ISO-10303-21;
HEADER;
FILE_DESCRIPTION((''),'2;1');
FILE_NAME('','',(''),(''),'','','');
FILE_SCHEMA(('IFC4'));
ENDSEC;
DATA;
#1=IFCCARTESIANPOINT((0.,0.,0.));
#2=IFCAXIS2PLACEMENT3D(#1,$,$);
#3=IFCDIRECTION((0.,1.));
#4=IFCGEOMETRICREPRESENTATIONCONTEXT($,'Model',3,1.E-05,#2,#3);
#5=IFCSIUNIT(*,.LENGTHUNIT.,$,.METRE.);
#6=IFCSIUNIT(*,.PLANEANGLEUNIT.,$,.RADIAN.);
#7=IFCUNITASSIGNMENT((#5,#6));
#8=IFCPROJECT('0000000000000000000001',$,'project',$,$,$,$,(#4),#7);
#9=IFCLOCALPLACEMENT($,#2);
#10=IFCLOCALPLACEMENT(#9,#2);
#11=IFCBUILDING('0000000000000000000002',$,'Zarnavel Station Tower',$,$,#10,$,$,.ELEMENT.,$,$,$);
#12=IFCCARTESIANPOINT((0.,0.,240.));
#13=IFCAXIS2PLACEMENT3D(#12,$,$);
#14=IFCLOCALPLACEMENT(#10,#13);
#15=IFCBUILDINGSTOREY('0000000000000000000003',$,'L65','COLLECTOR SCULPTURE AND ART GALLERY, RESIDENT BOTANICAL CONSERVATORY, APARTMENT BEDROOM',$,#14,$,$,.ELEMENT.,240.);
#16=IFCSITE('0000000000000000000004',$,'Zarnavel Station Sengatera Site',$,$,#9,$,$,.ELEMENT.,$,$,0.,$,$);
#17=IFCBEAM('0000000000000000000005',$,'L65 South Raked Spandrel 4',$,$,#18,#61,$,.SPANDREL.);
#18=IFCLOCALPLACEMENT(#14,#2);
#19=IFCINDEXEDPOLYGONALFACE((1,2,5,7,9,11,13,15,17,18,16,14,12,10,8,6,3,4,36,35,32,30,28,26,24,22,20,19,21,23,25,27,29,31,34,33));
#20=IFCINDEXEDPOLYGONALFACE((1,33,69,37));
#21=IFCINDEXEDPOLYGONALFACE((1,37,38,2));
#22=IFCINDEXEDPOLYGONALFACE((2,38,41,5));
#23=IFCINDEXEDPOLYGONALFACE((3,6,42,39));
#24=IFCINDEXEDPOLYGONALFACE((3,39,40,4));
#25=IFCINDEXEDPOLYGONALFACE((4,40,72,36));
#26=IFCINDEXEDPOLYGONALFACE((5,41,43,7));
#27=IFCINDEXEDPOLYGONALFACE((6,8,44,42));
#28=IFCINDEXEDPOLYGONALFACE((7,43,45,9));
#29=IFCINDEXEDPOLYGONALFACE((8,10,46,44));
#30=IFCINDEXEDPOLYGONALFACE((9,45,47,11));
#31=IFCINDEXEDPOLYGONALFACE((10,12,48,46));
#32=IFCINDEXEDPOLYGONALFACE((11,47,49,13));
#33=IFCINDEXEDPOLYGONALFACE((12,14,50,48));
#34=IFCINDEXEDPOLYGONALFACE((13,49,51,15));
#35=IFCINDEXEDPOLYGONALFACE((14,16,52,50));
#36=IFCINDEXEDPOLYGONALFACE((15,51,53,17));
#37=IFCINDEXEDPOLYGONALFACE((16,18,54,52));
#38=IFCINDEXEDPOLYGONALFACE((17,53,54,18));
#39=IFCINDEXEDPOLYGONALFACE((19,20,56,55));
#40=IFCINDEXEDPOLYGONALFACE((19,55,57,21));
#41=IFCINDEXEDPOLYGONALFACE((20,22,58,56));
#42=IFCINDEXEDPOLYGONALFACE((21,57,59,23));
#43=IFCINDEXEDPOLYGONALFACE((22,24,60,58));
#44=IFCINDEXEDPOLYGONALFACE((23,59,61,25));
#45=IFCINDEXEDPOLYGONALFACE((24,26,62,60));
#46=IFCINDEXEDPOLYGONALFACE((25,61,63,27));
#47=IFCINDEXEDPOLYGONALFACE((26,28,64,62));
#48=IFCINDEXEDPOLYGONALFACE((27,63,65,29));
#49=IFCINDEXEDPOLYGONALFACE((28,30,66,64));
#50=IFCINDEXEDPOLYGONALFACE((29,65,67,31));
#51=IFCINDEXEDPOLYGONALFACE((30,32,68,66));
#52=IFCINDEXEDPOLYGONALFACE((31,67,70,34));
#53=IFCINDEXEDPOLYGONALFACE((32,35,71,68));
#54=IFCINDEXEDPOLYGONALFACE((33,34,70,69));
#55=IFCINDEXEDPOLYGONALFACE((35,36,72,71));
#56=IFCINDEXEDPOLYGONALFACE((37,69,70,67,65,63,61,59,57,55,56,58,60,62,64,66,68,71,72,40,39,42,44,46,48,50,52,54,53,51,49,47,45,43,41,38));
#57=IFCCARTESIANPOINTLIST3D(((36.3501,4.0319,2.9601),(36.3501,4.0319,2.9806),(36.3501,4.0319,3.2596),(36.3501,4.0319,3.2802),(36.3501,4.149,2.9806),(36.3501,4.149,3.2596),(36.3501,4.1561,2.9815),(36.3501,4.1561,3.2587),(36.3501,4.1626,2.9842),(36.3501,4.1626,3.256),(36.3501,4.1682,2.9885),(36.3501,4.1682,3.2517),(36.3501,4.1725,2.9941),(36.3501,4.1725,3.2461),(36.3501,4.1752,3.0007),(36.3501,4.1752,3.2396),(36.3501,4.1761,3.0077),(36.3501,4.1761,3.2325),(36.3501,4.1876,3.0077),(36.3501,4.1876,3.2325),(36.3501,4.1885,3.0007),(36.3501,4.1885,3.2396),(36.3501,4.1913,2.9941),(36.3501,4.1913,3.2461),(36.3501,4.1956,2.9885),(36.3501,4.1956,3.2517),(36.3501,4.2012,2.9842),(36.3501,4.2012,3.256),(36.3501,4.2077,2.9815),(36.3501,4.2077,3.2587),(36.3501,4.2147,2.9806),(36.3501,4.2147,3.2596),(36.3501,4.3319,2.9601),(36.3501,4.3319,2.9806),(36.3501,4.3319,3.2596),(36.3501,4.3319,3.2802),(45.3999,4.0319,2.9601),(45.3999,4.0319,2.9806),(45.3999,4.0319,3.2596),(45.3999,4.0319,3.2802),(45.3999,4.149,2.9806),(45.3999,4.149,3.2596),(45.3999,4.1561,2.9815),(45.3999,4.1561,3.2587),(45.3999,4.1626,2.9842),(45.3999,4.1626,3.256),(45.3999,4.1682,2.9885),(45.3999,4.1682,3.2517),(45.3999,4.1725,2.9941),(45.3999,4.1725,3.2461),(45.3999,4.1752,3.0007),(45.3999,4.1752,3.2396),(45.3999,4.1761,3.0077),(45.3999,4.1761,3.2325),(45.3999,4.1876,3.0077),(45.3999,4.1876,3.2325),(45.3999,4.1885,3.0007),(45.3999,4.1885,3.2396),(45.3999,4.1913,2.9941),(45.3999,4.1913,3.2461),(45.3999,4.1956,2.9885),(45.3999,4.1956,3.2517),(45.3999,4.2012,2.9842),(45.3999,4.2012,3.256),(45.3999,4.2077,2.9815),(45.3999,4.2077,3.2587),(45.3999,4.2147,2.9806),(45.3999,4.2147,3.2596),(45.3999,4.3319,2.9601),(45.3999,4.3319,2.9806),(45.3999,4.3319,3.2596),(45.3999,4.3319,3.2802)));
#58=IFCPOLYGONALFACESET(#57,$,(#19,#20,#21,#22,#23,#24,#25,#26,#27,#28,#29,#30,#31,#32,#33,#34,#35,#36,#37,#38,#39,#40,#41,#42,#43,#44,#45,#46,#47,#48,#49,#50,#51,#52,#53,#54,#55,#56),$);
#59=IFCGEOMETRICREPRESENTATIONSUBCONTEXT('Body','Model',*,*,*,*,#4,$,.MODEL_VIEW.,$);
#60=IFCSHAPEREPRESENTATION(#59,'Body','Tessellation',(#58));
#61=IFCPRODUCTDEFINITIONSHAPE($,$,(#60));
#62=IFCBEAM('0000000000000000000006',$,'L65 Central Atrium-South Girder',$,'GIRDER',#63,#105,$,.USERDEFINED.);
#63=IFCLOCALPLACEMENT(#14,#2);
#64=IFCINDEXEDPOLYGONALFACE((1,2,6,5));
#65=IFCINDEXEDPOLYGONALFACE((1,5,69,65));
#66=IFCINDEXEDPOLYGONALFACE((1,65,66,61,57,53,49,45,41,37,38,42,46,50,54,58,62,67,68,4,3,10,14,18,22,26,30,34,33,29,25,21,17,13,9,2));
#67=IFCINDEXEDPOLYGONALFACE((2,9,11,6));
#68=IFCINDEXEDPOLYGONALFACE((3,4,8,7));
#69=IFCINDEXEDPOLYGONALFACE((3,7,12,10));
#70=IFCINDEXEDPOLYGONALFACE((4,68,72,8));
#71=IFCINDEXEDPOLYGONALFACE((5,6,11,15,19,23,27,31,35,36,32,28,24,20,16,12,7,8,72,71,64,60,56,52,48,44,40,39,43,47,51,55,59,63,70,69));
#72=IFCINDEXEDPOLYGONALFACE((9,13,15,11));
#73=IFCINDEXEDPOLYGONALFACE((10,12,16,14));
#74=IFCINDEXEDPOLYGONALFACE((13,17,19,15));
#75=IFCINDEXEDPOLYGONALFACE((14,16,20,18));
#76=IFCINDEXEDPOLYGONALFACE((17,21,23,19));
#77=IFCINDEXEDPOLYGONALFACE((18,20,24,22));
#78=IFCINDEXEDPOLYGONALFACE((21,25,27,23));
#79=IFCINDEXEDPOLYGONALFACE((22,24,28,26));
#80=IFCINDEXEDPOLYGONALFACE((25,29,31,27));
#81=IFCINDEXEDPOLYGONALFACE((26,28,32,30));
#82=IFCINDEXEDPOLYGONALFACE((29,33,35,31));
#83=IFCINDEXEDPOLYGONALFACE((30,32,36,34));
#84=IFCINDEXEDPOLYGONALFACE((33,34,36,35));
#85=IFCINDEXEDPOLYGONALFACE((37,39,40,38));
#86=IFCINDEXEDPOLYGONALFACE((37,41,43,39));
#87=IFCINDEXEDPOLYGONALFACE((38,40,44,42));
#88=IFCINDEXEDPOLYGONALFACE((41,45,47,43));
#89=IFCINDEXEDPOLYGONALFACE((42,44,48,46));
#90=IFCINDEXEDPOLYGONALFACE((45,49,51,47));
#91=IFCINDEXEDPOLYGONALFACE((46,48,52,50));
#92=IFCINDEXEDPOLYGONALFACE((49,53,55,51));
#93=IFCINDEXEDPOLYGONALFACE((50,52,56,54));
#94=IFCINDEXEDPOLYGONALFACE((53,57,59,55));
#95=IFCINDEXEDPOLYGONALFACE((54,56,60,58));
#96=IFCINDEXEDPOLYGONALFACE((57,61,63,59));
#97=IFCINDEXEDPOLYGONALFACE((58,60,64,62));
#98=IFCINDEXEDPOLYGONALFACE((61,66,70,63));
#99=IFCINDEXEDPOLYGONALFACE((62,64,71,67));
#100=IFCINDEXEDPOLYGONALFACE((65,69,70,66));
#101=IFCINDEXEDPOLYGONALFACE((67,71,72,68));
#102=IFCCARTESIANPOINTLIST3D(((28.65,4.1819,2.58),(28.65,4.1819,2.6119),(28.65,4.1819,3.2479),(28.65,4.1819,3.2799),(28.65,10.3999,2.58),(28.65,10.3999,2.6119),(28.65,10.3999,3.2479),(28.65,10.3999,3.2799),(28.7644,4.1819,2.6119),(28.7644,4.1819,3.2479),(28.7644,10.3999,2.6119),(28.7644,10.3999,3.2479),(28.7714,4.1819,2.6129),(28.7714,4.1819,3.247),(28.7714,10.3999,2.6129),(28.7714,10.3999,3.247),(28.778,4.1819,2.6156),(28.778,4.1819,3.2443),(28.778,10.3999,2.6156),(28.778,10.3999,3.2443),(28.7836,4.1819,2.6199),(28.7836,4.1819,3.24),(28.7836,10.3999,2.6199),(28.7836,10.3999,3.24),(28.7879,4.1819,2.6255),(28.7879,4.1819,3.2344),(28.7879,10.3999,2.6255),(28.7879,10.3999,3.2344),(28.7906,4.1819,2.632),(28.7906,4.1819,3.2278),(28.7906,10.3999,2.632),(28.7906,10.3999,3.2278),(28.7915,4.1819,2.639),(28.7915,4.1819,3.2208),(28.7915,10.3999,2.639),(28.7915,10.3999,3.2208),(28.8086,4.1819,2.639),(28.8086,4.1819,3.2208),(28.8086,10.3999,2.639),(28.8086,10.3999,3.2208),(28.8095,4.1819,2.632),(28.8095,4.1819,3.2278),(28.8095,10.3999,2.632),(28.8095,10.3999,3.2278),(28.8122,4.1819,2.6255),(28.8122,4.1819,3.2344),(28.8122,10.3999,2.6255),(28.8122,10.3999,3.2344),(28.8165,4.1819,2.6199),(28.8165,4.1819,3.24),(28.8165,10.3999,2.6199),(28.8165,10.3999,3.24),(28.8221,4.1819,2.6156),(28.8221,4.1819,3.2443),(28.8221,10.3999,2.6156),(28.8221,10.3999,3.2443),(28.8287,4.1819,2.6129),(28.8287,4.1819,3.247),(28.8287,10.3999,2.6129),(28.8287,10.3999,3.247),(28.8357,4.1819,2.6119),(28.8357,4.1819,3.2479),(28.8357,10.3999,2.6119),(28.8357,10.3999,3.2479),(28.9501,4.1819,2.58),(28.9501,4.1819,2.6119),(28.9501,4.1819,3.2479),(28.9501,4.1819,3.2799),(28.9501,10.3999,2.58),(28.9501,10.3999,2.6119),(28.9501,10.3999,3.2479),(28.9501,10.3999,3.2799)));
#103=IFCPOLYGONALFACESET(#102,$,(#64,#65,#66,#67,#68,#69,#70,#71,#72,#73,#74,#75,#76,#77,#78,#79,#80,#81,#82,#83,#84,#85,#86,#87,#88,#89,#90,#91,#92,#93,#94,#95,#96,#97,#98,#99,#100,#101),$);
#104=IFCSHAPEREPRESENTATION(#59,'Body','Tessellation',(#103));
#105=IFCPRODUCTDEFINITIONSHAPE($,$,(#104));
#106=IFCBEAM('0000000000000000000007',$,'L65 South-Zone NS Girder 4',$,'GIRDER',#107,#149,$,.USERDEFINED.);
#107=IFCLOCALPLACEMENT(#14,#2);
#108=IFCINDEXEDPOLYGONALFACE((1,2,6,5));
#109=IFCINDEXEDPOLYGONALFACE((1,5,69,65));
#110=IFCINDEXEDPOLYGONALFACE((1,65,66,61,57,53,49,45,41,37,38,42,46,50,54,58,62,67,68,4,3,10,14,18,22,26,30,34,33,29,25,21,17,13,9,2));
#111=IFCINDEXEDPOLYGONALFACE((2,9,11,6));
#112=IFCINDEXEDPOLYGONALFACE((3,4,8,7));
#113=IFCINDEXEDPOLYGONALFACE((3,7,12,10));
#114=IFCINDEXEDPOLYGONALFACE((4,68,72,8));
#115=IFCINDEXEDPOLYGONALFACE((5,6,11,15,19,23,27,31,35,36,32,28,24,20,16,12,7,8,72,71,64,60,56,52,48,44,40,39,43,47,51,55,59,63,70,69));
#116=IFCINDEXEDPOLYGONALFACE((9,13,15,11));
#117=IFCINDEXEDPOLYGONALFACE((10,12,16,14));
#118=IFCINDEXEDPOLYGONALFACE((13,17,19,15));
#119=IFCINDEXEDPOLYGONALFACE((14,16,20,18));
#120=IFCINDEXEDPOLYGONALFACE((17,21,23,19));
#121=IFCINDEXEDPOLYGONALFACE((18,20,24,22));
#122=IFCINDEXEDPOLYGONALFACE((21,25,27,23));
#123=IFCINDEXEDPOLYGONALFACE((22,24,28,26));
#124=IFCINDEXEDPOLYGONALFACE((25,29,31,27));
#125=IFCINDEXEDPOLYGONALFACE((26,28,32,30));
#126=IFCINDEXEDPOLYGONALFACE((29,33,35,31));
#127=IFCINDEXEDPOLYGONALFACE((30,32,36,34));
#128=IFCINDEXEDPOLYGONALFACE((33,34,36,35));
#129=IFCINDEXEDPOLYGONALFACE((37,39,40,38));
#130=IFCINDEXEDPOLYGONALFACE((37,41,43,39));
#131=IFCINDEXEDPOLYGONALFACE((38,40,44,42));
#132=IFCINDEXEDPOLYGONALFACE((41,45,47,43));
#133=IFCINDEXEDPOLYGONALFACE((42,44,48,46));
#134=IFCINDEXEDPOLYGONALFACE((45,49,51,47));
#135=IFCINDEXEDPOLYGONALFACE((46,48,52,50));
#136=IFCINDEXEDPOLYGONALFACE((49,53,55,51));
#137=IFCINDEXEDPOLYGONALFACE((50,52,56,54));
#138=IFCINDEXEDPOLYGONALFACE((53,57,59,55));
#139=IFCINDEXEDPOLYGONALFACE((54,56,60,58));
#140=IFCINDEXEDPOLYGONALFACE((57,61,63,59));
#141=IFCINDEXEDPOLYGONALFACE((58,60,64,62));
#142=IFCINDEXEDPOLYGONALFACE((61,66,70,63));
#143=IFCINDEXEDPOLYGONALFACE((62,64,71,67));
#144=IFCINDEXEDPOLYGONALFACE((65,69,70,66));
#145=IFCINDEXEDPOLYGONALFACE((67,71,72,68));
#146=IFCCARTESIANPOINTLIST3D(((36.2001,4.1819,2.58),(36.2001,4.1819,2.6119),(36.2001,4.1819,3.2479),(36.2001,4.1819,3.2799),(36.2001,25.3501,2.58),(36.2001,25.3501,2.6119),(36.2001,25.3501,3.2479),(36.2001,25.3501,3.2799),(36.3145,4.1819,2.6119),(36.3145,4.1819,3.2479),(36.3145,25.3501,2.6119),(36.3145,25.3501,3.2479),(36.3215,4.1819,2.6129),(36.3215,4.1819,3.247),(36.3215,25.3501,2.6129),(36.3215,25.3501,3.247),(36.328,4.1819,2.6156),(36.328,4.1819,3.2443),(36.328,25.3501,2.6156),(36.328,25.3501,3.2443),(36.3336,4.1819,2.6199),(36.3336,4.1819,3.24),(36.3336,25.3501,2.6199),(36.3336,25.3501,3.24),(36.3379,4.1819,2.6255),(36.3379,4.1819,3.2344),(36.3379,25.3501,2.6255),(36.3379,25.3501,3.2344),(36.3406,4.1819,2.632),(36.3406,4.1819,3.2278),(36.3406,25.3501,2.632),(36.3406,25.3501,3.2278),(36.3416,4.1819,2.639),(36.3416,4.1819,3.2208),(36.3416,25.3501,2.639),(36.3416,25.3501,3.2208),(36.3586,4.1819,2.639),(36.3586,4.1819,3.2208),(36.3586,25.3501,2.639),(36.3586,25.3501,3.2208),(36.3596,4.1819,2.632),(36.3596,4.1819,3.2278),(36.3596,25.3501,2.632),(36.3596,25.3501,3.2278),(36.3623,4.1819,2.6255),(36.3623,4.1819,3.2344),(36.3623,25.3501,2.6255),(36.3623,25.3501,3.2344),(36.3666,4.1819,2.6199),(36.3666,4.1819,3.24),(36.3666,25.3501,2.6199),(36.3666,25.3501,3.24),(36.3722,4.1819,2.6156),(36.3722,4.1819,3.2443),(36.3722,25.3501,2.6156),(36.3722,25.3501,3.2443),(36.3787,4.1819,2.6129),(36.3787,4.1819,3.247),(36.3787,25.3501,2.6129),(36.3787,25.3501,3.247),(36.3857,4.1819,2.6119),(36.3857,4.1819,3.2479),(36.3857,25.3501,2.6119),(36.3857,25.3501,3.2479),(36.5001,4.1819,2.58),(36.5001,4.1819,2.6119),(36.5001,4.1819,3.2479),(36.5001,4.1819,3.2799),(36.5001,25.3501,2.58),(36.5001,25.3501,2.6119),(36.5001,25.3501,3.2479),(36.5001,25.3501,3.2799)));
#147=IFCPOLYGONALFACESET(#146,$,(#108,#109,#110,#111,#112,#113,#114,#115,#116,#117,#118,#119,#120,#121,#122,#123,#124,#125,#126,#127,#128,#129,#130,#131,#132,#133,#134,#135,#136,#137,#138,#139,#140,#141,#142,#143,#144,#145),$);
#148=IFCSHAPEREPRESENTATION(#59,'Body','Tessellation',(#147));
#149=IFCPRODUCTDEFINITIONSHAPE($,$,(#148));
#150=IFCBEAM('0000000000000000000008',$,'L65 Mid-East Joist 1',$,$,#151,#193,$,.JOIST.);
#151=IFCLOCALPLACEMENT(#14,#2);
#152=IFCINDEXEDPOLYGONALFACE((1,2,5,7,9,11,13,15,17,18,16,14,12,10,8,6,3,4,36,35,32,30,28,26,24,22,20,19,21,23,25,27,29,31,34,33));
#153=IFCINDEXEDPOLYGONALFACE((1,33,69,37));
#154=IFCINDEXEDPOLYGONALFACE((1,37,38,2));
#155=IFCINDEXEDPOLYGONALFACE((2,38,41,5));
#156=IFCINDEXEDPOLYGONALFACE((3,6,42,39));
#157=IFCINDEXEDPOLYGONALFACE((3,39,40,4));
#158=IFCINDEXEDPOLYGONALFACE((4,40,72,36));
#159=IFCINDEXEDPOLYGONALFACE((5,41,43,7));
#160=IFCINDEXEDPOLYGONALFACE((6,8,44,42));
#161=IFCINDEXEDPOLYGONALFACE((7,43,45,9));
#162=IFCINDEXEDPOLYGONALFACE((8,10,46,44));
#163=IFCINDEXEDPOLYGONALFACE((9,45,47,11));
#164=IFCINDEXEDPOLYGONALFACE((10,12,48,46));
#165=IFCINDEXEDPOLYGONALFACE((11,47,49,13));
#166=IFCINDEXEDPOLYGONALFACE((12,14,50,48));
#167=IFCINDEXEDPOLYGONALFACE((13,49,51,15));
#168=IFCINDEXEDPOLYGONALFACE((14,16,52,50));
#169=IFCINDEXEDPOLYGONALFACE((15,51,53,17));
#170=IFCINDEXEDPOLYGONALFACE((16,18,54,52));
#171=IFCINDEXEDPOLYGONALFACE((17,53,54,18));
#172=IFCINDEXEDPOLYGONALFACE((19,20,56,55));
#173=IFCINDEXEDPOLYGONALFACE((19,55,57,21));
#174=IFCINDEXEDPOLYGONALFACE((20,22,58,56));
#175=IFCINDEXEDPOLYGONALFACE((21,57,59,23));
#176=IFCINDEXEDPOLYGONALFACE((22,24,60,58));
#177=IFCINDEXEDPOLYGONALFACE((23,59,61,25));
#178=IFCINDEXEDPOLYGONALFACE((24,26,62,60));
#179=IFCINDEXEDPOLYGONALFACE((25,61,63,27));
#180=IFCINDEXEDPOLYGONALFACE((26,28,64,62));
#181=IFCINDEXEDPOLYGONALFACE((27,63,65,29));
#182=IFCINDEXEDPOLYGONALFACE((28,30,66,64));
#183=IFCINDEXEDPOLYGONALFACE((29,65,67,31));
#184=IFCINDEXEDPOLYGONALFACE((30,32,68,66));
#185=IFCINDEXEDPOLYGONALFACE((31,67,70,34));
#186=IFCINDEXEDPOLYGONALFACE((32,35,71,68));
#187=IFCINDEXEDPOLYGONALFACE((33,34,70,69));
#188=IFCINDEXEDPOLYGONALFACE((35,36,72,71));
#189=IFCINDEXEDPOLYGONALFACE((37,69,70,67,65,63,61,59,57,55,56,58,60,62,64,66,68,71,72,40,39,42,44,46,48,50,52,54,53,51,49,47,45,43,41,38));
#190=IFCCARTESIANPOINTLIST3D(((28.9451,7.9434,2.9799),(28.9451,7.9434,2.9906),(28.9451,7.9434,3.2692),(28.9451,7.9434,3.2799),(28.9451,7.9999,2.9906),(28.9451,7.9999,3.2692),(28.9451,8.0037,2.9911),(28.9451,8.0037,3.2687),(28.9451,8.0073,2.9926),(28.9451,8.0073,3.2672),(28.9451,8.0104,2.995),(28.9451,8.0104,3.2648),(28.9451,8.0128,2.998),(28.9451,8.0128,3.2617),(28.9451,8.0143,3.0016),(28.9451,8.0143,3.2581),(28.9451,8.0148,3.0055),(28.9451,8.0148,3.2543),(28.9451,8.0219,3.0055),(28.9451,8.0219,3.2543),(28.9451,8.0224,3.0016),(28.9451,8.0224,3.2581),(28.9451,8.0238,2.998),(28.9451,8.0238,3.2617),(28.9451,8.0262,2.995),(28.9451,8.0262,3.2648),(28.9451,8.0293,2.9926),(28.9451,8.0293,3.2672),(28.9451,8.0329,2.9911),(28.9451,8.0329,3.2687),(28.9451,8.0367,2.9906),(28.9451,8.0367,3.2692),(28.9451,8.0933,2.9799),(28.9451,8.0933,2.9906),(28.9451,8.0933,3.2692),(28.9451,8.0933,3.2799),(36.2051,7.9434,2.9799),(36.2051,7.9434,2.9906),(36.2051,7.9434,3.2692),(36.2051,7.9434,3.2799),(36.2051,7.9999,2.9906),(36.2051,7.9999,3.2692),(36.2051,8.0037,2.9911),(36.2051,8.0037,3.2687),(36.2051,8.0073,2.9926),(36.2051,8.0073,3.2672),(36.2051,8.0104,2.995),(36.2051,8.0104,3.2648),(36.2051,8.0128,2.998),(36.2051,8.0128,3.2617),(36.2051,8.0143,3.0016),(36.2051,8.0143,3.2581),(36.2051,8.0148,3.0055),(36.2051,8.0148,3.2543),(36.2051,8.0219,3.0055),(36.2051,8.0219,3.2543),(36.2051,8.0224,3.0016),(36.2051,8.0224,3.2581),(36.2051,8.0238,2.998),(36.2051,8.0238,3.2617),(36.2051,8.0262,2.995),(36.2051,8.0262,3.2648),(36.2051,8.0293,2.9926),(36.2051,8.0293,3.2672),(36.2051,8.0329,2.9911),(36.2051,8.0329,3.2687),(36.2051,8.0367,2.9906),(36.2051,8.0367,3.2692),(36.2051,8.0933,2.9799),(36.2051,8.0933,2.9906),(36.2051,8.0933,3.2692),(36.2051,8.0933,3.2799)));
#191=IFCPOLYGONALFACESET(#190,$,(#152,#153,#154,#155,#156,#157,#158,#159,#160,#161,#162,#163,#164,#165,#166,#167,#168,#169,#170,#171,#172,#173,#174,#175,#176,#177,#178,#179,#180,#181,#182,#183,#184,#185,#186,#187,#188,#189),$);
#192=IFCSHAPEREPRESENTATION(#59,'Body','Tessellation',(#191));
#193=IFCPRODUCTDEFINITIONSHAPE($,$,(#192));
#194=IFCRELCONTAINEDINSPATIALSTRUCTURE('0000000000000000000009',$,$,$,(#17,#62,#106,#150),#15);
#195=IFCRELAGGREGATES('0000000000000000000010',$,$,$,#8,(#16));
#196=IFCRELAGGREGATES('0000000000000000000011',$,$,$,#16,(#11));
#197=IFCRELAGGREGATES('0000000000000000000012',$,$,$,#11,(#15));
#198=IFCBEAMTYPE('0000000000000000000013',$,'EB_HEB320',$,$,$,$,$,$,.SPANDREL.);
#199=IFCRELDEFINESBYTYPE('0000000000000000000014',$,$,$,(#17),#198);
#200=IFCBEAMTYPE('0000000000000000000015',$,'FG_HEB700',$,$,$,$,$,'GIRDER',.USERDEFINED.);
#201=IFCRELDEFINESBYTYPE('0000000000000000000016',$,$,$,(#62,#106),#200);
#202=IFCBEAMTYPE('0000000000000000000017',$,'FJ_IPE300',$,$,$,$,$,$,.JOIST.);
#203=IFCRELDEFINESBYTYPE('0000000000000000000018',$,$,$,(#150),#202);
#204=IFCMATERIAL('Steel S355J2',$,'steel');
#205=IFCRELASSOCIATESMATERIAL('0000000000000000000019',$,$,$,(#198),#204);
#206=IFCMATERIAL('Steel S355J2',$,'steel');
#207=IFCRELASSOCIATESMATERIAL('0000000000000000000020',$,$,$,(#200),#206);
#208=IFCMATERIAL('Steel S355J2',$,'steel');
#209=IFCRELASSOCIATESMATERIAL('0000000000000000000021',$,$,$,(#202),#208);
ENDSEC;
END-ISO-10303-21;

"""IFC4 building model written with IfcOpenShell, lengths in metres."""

from ifc_helpers import new_model, si_unit, direction, frame, origin, origin_2d, place, context, subcontext, project, spatial, i_section, extrude, material, material_profile, profile_set, type_object, element, save


model = new_model("IFC4")

# Units and contexts
model_context = context("Model", 3, precision=1e-05, world=origin(), true_north=direction((0.0, 1.0)))
body_context = subcontext(model_context, "Body", "Model", "MODEL_VIEW")
ifc_project = project(units=[si_unit("LENGTHUNIT", "METRE"), si_unit("PLANEANGLEUNIT", "RADIAN")], contexts=[model_context])

# Site, building, storey
site_placement = place(None, origin())
site = spatial("IfcSite", under=ifc_project, at=site_placement, Name="Zarnavel Station Sengatera Site", CompositionType="ELEMENT", RefElevation=0.0)
building_placement = place(site_placement, origin())
building = spatial("IfcBuilding", under=site, at=building_placement, Name="Zarnavel Station Tower", CompositionType="ELEMENT")
storey_placement = place(building_placement, frame((0.0, 0.0, 240.0)))
storey = spatial("IfcBuildingStorey", under=building, at=storey_placement, Name="L65", Description="COLLECTOR SCULPTURE AND ART GALLERY, RESIDENT BOTANICAL CONSERVATORY, APARTMENT BEDROOM", CompositionType="ELEMENT", Elevation=240.0)

# Beams
ifc_material_1 = material(Name="Steel S355J2", Category="steel")
ifc_material_profile_1 = material_profile(ifc_material_1, i_section(OverallWidth=0.3, OverallDepth=0.3201, WebThickness=0.0115, FlangeThickness=0.0205, FilletRadius=0.0271, at=origin_2d()), Name="HEB320")
ifc_profile_set_1 = profile_set([ifc_material_profile_1], Name="Steel S355J2")
beam_type_1 = type_object("IfcBeamType", Name="EB_HEB320", PredefinedType="SPANDREL", material=ifc_profile_set_1)
beam_1_placement = place(storey_placement, frame((36.3501, 4.1819, 3.1201), z_axis=(1.0, 0.0, 0.0), x_axis=(0.0, 1.0, 0.0)))
element("IfcBeam", 1, at=beam_1_placement, inside=storey, type_object=beam_type_1, Name="L65 South Raked Spandrel 4", PredefinedType="SPANDREL", context=body_context, shape_type="SweptSolid", body=[
    extrude(i_section(OverallWidth=0.3, OverallDepth=0.3201, WebThickness=0.0115, FlangeThickness=0.0205, FilletRadius=0.0271, at=origin_2d()), origin(), (0.0, 0.0, 1.0), 9.0498),
])
ifc_material_2 = material(Name="Steel S355J2", Category="steel")
ifc_material_profile_2 = material_profile(ifc_material_2, i_section(OverallWidth=0.3, OverallDepth=0.7, WebThickness=0.0171, FlangeThickness=0.032, FilletRadius=0.0271, at=origin_2d()), Name="HEB700")
ifc_profile_set_2 = profile_set([ifc_material_profile_2], Name="Steel S355J2")
beam_type_2 = type_object("IfcBeamType", Name="FG_HEB700", ElementType="GIRDER", PredefinedType="USERDEFINED", material=ifc_profile_set_2)
beam_2_placement = place(storey_placement, frame((28.8, 4.1819, 2.9299), z_axis=(0.0, 1.0, 0.0), x_axis=(-1.0, 0.0, 0.0)))
element("IfcBeam", 2, at=beam_2_placement, inside=storey, type_object=beam_type_2, Name="L65 Central Atrium-South Girder", ObjectType="GIRDER", PredefinedType="USERDEFINED", context=body_context, shape_type="SweptSolid", body=[
    extrude(i_section(OverallWidth=0.3, OverallDepth=0.7, WebThickness=0.0171, FlangeThickness=0.032, FilletRadius=0.0271, at=origin_2d()), origin(), (0.0, 0.0, 1.0), 6.218),
])
beam_3_placement = place(storey_placement, frame((36.3501, 4.1819, 2.9299), z_axis=(0.0, 1.0, 0.0), x_axis=(-1.0, 0.0, 0.0)))
element("IfcBeam", 3, at=beam_3_placement, inside=storey, type_object=beam_type_2, Name="L65 South-Zone NS Girder 4", ObjectType="GIRDER", PredefinedType="USERDEFINED", context=body_context, shape_type="SweptSolid", body=[
    extrude(i_section(OverallWidth=0.3, OverallDepth=0.7, WebThickness=0.0171, FlangeThickness=0.032, FilletRadius=0.0271, at=origin_2d()), origin(), (0.0, 0.0, 1.0), 21.1682),
])
ifc_material_3 = material(Name="Steel S355J2", Category="steel")
ifc_material_profile_3 = material_profile(ifc_material_3, i_section(OverallWidth=0.1499, OverallDepth=0.3, WebThickness=0.0071, FlangeThickness=0.0107, FilletRadius=0.0149, at=origin_2d()), Name="IPE300")
ifc_profile_set_3 = profile_set([ifc_material_profile_3], Name="Steel S355J2")
beam_type_3 = type_object("IfcBeamType", Name="FJ_IPE300", PredefinedType="JOIST", material=ifc_profile_set_3)
beam_4_placement = place(storey_placement, frame((28.9451, 8.0183, 3.1299), z_axis=(1.0, 0.0, 0.0), x_axis=(0.0, 1.0, 0.0)))
element("IfcBeam", 4, at=beam_4_placement, inside=storey, type_object=beam_type_3, Name="L65 Mid-East Joist 1", PredefinedType="JOIST", context=body_context, shape_type="SweptSolid", body=[
    extrude(i_section(OverallWidth=0.1499, OverallDepth=0.3, WebThickness=0.0071, FlangeThickness=0.0107, FilletRadius=0.0149, at=origin_2d()), origin(), (0.0, 0.0, 1.0), 7.26),
])

save(model, "model.ifc")
